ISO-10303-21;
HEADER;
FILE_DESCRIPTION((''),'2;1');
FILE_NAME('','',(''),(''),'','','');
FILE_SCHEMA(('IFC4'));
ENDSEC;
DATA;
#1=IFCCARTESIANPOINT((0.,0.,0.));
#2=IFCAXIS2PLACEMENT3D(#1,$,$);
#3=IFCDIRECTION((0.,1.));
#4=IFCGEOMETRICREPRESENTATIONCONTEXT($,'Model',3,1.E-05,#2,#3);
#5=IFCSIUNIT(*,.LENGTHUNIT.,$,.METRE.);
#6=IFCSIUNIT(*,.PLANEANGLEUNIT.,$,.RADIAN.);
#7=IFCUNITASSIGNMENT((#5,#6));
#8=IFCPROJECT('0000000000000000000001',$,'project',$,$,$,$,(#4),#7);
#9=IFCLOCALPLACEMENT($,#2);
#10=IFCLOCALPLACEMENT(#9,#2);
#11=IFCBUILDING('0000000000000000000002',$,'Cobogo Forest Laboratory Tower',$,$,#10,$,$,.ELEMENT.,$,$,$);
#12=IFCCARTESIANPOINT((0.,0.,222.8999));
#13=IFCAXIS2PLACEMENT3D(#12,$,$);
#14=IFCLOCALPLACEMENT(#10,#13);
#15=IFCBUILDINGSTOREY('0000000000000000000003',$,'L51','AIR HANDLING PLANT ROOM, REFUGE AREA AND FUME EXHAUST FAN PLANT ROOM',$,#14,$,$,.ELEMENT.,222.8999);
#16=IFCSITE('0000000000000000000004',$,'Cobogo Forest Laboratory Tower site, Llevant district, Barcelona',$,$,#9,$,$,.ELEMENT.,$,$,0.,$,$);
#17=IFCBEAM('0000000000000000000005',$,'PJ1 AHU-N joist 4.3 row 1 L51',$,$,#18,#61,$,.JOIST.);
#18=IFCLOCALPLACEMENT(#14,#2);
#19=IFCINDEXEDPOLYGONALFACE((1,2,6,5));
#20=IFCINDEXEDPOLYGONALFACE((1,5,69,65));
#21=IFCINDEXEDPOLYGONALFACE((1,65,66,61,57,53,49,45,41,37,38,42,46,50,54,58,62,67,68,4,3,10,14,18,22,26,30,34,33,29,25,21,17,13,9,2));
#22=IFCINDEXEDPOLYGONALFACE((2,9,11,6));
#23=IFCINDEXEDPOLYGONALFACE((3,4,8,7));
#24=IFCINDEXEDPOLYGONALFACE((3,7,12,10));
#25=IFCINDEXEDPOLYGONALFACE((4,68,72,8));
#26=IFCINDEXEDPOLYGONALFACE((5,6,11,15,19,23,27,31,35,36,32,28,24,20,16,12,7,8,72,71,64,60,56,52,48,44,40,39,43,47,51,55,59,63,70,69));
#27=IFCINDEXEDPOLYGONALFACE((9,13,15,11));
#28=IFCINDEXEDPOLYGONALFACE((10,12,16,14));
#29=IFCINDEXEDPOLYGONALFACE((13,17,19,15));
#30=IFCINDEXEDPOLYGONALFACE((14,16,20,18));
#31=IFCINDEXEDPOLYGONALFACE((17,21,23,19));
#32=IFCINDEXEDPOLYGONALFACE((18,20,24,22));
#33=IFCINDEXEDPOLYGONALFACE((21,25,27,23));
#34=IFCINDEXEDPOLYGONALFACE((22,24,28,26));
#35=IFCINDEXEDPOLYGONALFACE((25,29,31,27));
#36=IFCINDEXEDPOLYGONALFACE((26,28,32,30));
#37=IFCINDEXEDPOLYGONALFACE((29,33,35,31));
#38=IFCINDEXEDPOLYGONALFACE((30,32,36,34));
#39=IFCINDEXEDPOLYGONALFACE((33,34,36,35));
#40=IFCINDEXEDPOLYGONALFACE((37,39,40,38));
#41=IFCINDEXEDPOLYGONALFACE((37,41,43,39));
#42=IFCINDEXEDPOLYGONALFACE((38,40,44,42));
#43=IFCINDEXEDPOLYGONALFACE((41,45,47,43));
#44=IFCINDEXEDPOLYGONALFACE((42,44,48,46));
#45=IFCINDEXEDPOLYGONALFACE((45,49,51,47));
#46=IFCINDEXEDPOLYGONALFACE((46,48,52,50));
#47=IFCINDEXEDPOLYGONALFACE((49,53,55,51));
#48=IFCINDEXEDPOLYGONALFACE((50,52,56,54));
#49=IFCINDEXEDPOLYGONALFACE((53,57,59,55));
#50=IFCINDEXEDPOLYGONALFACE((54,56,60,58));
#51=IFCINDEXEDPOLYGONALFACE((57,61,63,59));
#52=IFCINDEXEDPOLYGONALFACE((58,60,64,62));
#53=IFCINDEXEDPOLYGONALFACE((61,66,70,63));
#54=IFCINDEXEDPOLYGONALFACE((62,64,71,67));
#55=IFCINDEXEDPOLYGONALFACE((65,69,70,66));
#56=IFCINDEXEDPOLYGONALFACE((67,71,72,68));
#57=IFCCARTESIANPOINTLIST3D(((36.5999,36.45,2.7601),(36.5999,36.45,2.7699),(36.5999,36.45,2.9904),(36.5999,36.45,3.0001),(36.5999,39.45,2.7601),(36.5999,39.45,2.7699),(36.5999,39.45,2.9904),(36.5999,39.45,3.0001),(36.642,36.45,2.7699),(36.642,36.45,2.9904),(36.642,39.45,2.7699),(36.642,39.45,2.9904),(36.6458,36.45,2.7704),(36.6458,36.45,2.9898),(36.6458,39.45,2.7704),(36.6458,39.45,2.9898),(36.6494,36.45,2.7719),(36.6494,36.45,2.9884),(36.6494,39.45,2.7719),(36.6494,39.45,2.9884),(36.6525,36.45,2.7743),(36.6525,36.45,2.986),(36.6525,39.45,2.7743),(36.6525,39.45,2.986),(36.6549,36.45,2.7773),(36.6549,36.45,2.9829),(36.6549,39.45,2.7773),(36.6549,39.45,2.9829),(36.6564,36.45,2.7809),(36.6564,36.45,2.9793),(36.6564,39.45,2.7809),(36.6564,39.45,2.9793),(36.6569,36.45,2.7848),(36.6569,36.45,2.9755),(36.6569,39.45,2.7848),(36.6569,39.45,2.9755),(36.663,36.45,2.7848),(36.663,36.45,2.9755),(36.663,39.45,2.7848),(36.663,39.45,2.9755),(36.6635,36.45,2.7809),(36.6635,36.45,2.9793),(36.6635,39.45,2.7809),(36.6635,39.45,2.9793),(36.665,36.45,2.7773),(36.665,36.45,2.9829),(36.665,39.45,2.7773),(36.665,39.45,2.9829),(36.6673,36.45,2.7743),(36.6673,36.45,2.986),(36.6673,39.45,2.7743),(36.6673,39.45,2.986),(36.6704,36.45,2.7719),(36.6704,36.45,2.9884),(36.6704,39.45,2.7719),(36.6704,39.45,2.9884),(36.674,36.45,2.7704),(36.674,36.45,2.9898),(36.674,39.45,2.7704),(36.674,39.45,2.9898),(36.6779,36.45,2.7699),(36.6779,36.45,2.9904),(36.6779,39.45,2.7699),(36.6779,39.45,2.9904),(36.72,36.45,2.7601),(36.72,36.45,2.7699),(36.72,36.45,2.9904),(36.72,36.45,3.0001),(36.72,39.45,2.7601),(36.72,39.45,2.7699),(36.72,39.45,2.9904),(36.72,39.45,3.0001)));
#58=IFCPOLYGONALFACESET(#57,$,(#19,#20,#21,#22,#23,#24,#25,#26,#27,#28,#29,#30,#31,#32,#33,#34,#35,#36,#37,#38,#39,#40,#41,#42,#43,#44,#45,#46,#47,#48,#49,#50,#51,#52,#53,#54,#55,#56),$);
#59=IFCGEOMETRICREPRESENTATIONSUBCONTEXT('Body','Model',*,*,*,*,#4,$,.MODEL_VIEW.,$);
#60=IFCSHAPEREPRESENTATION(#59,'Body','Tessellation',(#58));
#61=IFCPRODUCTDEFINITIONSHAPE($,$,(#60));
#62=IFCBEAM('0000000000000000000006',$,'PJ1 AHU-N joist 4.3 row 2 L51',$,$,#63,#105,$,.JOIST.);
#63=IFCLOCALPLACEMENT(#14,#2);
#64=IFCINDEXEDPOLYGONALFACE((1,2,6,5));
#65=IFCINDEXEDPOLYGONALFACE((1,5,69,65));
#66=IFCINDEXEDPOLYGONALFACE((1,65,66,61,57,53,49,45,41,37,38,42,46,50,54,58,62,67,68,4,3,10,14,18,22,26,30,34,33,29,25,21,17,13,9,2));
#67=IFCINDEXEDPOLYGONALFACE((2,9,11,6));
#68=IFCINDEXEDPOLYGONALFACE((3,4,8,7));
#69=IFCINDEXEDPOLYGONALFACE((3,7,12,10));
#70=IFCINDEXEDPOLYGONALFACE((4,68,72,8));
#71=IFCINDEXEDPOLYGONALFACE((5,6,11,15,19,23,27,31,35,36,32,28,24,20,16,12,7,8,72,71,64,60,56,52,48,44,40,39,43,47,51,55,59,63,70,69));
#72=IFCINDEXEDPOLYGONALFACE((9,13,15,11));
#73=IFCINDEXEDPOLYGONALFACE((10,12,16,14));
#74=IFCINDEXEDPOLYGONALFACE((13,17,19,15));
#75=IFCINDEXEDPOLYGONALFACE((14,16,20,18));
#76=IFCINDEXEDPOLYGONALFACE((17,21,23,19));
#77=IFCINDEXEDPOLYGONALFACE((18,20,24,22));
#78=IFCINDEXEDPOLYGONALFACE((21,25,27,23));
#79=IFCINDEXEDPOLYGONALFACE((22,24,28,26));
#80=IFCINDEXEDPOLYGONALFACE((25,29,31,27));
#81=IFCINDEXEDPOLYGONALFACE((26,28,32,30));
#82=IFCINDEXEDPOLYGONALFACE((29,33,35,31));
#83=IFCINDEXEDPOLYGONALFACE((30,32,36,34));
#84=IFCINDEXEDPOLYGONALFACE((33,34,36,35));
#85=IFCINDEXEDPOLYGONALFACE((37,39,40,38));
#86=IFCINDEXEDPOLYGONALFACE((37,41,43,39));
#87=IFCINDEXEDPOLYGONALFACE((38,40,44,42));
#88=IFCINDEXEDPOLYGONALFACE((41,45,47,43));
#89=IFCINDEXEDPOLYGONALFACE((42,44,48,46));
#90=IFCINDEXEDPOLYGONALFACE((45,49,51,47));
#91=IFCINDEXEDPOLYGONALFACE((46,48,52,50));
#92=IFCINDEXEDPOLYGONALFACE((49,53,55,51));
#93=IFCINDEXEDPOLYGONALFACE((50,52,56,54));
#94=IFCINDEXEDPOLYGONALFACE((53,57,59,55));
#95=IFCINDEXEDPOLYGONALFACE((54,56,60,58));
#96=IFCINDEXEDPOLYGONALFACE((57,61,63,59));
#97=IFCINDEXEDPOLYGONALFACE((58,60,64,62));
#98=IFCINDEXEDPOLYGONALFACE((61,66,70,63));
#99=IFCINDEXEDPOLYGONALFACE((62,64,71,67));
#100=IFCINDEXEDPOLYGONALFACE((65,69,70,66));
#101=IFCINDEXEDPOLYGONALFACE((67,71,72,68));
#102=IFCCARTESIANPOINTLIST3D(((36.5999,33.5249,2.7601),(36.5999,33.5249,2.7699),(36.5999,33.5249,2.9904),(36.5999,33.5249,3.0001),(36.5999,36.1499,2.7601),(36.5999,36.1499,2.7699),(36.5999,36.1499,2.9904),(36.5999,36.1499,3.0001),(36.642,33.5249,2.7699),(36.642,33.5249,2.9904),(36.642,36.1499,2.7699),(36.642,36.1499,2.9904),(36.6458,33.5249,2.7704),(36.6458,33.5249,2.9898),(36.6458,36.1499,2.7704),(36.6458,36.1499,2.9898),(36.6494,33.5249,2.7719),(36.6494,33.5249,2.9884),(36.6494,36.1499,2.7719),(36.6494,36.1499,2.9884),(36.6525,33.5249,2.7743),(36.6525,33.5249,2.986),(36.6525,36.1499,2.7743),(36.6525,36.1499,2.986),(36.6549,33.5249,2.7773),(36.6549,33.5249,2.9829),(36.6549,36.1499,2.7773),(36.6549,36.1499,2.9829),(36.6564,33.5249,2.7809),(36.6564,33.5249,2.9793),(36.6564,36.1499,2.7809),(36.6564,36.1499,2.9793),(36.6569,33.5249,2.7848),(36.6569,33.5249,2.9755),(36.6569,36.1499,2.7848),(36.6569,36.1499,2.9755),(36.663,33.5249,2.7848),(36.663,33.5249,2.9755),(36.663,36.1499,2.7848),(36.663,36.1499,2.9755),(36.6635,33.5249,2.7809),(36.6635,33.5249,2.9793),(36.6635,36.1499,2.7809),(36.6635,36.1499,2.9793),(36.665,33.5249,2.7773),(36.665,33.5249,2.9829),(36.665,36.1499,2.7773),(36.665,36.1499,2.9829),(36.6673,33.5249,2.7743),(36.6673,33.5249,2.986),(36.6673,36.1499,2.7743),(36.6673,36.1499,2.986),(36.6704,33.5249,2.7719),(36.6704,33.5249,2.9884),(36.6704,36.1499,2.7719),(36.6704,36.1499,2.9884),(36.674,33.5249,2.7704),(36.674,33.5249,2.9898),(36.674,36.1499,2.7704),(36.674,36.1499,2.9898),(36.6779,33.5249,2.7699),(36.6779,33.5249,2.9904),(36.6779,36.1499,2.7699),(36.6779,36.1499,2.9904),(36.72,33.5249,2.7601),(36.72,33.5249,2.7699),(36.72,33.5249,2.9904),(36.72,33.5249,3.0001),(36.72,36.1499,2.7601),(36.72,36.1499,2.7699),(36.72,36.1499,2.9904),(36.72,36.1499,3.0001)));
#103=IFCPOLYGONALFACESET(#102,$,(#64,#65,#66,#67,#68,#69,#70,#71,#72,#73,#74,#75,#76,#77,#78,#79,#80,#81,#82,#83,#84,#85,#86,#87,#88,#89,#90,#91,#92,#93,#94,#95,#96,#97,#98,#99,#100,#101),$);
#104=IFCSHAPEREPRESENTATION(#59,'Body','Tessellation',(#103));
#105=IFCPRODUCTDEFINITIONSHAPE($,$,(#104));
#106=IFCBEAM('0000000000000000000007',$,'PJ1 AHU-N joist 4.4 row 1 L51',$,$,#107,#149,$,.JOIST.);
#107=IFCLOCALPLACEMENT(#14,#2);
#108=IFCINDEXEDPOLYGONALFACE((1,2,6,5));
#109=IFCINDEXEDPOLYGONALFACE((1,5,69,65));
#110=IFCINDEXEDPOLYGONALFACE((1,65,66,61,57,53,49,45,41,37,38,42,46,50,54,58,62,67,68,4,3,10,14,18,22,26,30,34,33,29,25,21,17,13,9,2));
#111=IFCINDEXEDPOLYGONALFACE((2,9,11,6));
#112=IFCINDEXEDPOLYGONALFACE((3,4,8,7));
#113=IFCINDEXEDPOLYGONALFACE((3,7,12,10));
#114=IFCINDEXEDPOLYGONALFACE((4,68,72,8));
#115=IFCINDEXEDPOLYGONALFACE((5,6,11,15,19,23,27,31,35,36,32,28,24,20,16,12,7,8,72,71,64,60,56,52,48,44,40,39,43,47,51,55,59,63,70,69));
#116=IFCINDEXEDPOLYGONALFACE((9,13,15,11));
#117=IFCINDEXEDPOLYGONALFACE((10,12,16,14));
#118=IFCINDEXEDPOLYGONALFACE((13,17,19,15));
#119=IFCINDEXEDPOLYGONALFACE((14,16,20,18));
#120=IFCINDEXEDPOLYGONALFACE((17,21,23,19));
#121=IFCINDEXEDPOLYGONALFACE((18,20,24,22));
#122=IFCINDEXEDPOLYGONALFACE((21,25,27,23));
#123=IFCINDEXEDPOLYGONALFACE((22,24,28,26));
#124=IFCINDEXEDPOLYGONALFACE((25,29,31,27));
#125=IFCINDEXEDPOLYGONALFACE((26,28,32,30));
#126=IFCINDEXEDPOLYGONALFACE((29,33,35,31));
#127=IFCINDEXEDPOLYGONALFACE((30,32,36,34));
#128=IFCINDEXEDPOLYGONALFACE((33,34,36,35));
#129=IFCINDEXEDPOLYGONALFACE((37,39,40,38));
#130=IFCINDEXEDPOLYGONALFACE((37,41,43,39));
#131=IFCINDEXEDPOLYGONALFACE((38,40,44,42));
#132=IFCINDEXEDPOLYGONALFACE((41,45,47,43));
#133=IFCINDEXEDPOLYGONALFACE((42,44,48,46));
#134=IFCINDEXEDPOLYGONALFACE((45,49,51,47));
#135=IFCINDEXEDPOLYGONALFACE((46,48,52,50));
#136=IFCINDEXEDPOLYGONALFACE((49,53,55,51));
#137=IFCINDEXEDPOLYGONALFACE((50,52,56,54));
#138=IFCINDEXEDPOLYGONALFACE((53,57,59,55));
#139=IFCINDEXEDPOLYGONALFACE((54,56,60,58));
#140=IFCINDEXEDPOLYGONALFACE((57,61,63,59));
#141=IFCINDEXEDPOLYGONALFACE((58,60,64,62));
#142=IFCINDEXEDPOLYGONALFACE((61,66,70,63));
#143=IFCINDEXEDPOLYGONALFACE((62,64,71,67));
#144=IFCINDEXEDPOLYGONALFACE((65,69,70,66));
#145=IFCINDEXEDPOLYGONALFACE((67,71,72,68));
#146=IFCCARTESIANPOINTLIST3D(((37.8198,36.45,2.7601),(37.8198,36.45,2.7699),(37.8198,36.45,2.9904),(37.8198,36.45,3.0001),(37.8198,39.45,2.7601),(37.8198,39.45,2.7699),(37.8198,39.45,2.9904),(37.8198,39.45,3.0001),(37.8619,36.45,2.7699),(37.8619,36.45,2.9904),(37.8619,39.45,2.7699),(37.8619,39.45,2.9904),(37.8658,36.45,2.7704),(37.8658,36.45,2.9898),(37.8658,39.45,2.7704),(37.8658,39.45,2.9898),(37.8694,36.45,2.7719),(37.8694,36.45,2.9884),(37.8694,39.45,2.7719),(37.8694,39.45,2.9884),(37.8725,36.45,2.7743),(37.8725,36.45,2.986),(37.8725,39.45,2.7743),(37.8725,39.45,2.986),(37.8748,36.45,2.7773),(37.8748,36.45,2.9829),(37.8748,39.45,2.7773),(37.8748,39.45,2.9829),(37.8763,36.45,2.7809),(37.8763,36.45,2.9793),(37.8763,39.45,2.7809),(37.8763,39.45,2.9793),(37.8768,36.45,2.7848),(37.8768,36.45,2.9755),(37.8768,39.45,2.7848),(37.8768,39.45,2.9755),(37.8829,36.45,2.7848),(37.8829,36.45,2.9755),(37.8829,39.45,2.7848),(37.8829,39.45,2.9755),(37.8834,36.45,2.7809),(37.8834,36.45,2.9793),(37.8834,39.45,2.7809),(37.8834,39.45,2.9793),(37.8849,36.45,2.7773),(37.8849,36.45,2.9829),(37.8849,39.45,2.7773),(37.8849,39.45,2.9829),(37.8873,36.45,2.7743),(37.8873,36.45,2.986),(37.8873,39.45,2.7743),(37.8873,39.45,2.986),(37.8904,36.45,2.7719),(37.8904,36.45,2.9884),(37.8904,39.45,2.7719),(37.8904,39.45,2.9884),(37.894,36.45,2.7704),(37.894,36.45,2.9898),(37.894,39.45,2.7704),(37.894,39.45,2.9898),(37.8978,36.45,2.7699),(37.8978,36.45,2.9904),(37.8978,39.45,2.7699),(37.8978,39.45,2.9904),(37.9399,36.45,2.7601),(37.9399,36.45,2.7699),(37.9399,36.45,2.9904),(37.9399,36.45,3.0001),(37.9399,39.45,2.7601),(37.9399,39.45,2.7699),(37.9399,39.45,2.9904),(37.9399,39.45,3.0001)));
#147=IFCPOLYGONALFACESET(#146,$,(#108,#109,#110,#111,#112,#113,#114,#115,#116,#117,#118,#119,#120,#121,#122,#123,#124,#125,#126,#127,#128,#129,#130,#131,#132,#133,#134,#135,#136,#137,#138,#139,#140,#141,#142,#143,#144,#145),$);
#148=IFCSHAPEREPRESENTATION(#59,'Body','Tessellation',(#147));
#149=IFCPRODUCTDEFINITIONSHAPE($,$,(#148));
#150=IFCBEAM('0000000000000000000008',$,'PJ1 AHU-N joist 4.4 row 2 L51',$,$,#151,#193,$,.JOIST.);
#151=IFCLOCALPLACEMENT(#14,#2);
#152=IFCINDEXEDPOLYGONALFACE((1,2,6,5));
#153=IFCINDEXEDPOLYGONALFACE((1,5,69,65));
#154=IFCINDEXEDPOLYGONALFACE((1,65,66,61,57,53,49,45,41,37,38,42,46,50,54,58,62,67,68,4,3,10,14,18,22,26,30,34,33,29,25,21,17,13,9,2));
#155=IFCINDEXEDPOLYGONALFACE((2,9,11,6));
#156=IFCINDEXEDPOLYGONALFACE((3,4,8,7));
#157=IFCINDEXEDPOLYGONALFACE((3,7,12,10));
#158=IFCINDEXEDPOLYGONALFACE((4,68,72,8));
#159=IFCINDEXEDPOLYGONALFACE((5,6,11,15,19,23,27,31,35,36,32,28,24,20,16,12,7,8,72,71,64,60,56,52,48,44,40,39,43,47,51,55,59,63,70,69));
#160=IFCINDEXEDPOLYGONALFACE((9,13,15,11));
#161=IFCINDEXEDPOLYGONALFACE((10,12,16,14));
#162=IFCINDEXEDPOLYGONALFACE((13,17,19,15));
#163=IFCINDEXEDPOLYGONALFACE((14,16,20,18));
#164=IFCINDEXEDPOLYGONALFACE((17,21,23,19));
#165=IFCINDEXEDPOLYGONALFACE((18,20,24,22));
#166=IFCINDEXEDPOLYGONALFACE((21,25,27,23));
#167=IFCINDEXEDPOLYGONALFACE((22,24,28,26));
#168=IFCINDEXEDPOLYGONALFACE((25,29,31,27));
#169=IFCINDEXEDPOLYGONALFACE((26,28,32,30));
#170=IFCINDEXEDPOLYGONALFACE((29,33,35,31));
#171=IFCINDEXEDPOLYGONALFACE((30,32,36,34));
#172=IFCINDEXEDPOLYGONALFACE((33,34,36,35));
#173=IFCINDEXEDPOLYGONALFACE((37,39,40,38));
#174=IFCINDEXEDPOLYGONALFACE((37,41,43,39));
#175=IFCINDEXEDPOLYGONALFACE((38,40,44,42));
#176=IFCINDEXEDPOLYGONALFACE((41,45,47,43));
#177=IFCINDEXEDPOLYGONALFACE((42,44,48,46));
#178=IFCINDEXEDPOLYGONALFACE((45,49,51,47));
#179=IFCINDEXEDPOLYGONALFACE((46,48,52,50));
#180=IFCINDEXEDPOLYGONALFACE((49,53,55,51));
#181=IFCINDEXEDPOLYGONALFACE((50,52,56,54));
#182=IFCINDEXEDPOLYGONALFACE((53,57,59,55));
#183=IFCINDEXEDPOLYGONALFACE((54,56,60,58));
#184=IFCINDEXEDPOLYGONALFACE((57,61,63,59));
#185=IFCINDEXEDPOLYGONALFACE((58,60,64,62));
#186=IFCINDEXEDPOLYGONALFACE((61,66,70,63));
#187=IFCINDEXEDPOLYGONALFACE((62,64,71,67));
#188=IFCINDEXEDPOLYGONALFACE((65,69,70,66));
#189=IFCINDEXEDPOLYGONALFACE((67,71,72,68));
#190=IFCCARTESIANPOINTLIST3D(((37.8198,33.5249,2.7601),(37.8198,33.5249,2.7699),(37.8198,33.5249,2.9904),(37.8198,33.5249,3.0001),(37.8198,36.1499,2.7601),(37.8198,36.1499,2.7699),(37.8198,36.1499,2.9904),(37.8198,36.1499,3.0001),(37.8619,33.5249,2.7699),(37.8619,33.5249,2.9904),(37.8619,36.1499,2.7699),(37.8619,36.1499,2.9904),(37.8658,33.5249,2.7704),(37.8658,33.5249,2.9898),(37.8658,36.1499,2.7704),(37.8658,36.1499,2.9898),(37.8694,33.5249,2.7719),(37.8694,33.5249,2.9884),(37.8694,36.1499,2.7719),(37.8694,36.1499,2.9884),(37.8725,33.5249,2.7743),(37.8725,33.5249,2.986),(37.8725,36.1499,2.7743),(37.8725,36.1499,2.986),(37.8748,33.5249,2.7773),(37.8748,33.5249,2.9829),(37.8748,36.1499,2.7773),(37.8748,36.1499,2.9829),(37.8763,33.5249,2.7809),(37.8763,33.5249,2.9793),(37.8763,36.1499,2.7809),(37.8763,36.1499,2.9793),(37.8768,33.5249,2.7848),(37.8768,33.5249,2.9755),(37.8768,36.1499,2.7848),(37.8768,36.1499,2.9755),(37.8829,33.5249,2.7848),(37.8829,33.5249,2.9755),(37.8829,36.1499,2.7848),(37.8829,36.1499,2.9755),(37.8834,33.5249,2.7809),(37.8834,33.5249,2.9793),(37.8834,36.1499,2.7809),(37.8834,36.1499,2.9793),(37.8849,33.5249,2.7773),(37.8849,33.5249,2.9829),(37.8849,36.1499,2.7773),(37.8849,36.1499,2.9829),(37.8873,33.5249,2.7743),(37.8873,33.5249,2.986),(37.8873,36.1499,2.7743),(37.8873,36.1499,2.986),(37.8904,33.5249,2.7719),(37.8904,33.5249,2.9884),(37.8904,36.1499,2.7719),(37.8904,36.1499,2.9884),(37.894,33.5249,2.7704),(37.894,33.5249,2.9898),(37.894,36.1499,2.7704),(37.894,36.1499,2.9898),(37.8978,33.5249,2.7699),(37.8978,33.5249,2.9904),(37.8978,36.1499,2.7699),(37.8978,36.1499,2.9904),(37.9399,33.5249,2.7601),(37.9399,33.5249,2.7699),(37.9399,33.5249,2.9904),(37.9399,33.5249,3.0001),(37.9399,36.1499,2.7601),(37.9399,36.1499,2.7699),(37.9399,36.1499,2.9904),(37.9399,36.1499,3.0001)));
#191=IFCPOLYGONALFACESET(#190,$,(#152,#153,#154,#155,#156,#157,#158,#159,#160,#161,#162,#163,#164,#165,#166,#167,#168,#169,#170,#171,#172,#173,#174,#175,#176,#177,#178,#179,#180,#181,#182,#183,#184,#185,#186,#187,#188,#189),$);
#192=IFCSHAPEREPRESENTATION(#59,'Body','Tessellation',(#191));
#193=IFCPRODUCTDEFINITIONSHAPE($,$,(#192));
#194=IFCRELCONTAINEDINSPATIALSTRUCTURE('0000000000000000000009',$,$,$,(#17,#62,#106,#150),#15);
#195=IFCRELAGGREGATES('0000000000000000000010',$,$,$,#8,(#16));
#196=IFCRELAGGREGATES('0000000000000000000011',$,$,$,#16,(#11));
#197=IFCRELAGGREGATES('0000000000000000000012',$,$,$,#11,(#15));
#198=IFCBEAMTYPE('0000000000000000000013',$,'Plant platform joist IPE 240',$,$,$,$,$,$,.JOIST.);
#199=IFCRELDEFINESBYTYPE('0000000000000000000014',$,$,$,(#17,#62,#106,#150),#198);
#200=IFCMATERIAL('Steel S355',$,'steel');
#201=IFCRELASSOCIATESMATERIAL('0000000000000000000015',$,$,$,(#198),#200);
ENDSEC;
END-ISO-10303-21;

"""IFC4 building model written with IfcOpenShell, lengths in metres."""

from ifc_helpers import new_model, si_unit, direction, frame, origin, origin_2d, place, context, subcontext, project, spatial, i_section, extrude, material, material_profile, profile_set, type_object, element, save


model = new_model("IFC4")

# Units and contexts
model_context = context("Model", 3, precision=1e-05, world=origin(), true_north=direction((0.0, 1.0)))
body_context = subcontext(model_context, "Body", "Model", "MODEL_VIEW")
ifc_project = project(units=[si_unit("LENGTHUNIT", "METRE"), si_unit("PLANEANGLEUNIT", "RADIAN")], contexts=[model_context])

# Site, building, storey
site_placement = place(None, origin())
site = spatial("IfcSite", under=ifc_project, at=site_placement, Name="Cobogo Forest Laboratory Tower site, Llevant district, Barcelona", CompositionType="ELEMENT", RefElevation=0.0)
building_placement = place(site_placement, origin())
building = spatial("IfcBuilding", under=site, at=building_placement, Name="Cobogo Forest Laboratory Tower", CompositionType="ELEMENT")
storey_placement = place(building_placement, frame((0.0, 0.0, 222.8999)))
storey = spatial("IfcBuildingStorey", under=building, at=storey_placement, Name="L51", Description="AIR HANDLING PLANT ROOM, REFUGE AREA AND FUME EXHAUST FAN PLANT ROOM", CompositionType="ELEMENT", Elevation=222.8999)

# Shared definitions
ifc_material_1 = material(Name="Steel S355", Category="steel")

# Beams
ifc_material_profile_1 = material_profile(ifc_material_1, i_section(OverallWidth=0.1201, OverallDepth=0.24, WebThickness=0.0061, FlangeThickness=0.0098, FilletRadius=0.0149, at=origin_2d()), Name="IPE 240")
ifc_profile_set_1 = profile_set([ifc_material_profile_1], Name="Steel S355")
beam_type_1 = type_object("IfcBeamType", Name="Plant platform joist IPE 240", PredefinedType="JOIST", material=ifc_profile_set_1)
beam_1_placement = place(storey_placement, frame((36.6599, 39.45, 2.8801), z_axis=(0.0, -1.0, 0.0), x_axis=(1.0, 0.0, 0.0)))
element("IfcBeam", 1, at=beam_1_placement, inside=storey, type_object=beam_type_1, Name="PJ1 AHU-N joist 4.3 row 1 L51", PredefinedType="JOIST", context=body_context, shape_type="SweptSolid", body=[
    extrude(i_section(OverallWidth=0.1201, OverallDepth=0.24, WebThickness=0.0061, FlangeThickness=0.0098, FilletRadius=0.0149, at=origin_2d()), origin(), (0.0, 0.0, 1.0), 3.0),
])
beam_2_placement = place(storey_placement, frame((36.6599, 36.1499, 2.8801), z_axis=(0.0, -1.0, 0.0), x_axis=(1.0, 0.0, 0.0)))
element("IfcBeam", 2, at=beam_2_placement, inside=storey, type_object=beam_type_1, Name="PJ1 AHU-N joist 4.3 row 2 L51", PredefinedType="JOIST", context=body_context, shape_type="SweptSolid", body=[
    extrude(i_section(OverallWidth=0.1201, OverallDepth=0.24, WebThickness=0.0061, FlangeThickness=0.0098, FilletRadius=0.0149, at=origin_2d()), origin(), (0.0, 0.0, 1.0), 2.625),
])
beam_3_placement = place(storey_placement, frame((37.8799, 39.45, 2.8801), z_axis=(0.0, -1.0, 0.0), x_axis=(1.0, 0.0, 0.0)))
element("IfcBeam", 3, at=beam_3_placement, inside=storey, type_object=beam_type_1, Name="PJ1 AHU-N joist 4.4 row 1 L51", PredefinedType="JOIST", context=body_context, shape_type="SweptSolid", body=[
    extrude(i_section(OverallWidth=0.1201, OverallDepth=0.24, WebThickness=0.0061, FlangeThickness=0.0098, FilletRadius=0.0149, at=origin_2d()), origin(), (0.0, 0.0, 1.0), 3.0),
])
beam_4_placement = place(storey_placement, frame((37.8799, 36.1499, 2.8801), z_axis=(0.0, -1.0, 0.0), x_axis=(1.0, 0.0, 0.0)))
element("IfcBeam", 4, at=beam_4_placement, inside=storey, type_object=beam_type_1, Name="PJ1 AHU-N joist 4.4 row 2 L51", PredefinedType="JOIST", context=body_context, shape_type="SweptSolid", body=[
    extrude(i_section(OverallWidth=0.1201, OverallDepth=0.24, WebThickness=0.0061, FlangeThickness=0.0098, FilletRadius=0.0149, at=origin_2d()), origin(), (0.0, 0.0, 1.0), 2.625),
])

save(model, "model.ifc")
